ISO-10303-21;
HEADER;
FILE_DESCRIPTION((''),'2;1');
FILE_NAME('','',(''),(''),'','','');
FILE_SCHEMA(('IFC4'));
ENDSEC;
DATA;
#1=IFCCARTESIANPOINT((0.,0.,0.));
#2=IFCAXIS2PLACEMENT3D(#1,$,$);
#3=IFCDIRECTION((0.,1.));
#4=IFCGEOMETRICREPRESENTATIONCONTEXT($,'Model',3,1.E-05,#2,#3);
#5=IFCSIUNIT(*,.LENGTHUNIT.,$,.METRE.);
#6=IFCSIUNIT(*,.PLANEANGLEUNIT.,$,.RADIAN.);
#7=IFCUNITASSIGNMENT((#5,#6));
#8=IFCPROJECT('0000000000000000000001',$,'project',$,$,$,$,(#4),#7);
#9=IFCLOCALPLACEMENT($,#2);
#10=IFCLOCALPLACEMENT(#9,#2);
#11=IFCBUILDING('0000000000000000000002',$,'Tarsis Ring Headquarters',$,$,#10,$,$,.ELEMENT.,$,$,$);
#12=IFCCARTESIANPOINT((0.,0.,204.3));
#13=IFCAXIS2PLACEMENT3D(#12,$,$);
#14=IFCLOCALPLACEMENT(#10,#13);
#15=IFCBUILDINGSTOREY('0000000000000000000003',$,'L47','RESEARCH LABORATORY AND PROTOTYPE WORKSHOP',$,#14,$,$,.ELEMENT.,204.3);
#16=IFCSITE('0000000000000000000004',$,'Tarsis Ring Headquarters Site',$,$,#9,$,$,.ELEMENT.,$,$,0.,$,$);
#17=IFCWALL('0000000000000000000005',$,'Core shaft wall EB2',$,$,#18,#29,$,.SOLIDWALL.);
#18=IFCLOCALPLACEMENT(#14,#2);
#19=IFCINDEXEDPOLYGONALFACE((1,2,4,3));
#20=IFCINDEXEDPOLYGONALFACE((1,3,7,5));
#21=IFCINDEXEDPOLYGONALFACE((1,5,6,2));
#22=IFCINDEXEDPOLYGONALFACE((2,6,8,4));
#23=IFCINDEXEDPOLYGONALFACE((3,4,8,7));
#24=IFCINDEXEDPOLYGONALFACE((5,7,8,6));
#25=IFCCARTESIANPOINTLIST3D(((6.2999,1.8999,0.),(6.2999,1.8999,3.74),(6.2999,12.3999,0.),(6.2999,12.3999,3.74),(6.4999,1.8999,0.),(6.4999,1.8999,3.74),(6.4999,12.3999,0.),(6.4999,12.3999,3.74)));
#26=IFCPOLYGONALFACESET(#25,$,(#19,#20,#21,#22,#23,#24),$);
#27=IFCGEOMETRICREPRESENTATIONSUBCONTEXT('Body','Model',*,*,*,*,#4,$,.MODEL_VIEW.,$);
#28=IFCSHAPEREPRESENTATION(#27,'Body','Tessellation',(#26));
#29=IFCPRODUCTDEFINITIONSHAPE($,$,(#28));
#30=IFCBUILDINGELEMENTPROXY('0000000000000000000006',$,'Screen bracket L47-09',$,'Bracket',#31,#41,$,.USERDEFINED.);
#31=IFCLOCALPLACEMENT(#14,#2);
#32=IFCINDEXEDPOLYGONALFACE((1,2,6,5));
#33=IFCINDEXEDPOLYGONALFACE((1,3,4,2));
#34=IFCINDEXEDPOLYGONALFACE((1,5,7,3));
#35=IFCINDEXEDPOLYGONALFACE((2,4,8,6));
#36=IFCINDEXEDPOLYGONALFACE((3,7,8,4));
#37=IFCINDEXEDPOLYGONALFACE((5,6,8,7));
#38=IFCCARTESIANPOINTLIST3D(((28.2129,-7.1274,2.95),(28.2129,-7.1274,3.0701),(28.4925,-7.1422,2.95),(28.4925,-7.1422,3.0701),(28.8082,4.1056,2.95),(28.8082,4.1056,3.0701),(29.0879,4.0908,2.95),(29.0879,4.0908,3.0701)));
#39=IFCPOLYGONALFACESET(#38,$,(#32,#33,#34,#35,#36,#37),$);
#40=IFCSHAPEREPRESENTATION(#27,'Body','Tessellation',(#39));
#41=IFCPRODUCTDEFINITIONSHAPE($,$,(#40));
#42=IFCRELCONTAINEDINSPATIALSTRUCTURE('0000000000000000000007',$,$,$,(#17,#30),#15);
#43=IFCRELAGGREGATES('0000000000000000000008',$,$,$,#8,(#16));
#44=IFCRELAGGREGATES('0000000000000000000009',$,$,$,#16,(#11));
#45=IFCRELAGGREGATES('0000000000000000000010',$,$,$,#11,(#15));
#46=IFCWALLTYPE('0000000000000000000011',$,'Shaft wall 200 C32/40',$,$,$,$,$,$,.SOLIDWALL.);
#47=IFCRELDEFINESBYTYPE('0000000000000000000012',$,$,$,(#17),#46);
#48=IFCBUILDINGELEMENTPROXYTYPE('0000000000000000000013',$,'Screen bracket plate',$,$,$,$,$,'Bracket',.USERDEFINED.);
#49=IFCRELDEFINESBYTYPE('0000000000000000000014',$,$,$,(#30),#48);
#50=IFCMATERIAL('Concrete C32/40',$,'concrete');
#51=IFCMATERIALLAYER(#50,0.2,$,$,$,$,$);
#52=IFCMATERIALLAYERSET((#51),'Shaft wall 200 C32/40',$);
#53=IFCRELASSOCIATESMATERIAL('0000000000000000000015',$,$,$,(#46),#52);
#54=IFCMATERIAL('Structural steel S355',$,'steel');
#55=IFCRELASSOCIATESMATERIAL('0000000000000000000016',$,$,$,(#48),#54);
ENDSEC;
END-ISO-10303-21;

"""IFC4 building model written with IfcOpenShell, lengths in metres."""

from ifc_helpers import new_model, si_unit, direction, frame, frame_2d, origin, origin_2d, place, context, subcontext, project, spatial, rectangle, extrude, material, layer, layer_set, type_object, element, save


model = new_model("IFC4")

# Units and contexts
model_context = context("Model", 3, precision=1e-05, world=origin(), true_north=direction((0.0, 1.0)))
body_context = subcontext(model_context, "Body", "Model", "MODEL_VIEW")
ifc_project = project(units=[si_unit("LENGTHUNIT", "METRE"), si_unit("PLANEANGLEUNIT", "RADIAN")], contexts=[model_context])

# Site, building, storey
site_placement = place(None, origin())
site = spatial("IfcSite", under=ifc_project, at=site_placement, Name="Tarsis Ring Headquarters Site", CompositionType="ELEMENT", RefElevation=0.0)
building_placement = place(site_placement, origin())
building = spatial("IfcBuilding", under=site, at=building_placement, Name="Tarsis Ring Headquarters", CompositionType="ELEMENT")
storey_placement = place(building_placement, frame((0.0, 0.0, 204.3)))
storey = spatial("IfcBuildingStorey", under=building, at=storey_placement, Name="L47", Description="RESEARCH LABORATORY AND PROTOTYPE WORKSHOP", CompositionType="ELEMENT", Elevation=204.3)

# Shared definitions
ifc_material_1 = material(Name="Structural steel S355", Category="steel")

# Wall
ifc_material_2 = material(Name="Concrete C32/40", Category="concrete")
ifc_layer_1 = layer(ifc_material_2, 0.2)
ifc_layer_set_1 = layer_set([ifc_layer_1], Name="Shaft wall 200 C32/40")
wall_type_1 = type_object("IfcWallType", Name="Shaft wall 200 C32/40", PredefinedType="SOLIDWALL", material=ifc_layer_set_1)
wall_1_placement = place(storey_placement, frame((6.3999, 1.8999, 0.0), z_axis=(0.0, 0.0, 1.0), x_axis=(0.0, 1.0, 0.0)))
element("IfcWall", 1, at=wall_1_placement, inside=storey, type_object=wall_type_1, Name="Core shaft wall EB2", PredefinedType="SOLIDWALL", context=body_context, shape_type="SweptSolid", body=[
    extrude(rectangle(XDim=10.5, YDim=0.2, at=frame_2d((5.25, 0.0))), origin(), (0.0, 0.0, 1.0), 3.74),
])

# Building element proxy
building_element_proxy_type = type_object("IfcBuildingElementProxyType", Name="Screen bracket plate", ElementType="Bracket", PredefinedType="USERDEFINED", material=ifc_material_1)
proxy_placement = place(storey_placement, frame((28.6504, -1.5183, 2.95), z_axis=(0.0, 0.0, 1.0), x_axis=(0.052924, 0.998599, 0.0)))
element("IfcBuildingElementProxy", 2, at=proxy_placement, inside=storey, type_object=building_element_proxy_type, Name="Screen bracket L47-09", ObjectType="Bracket", PredefinedType="USERDEFINED", context=body_context, shape_type="SweptSolid", body=[
    extrude(rectangle(XDim=11.2488, YDim=0.28, at=origin_2d()), origin(), (0.0, 0.0, 1.0), 0.1201),
])

save(model, "model.ifc")
